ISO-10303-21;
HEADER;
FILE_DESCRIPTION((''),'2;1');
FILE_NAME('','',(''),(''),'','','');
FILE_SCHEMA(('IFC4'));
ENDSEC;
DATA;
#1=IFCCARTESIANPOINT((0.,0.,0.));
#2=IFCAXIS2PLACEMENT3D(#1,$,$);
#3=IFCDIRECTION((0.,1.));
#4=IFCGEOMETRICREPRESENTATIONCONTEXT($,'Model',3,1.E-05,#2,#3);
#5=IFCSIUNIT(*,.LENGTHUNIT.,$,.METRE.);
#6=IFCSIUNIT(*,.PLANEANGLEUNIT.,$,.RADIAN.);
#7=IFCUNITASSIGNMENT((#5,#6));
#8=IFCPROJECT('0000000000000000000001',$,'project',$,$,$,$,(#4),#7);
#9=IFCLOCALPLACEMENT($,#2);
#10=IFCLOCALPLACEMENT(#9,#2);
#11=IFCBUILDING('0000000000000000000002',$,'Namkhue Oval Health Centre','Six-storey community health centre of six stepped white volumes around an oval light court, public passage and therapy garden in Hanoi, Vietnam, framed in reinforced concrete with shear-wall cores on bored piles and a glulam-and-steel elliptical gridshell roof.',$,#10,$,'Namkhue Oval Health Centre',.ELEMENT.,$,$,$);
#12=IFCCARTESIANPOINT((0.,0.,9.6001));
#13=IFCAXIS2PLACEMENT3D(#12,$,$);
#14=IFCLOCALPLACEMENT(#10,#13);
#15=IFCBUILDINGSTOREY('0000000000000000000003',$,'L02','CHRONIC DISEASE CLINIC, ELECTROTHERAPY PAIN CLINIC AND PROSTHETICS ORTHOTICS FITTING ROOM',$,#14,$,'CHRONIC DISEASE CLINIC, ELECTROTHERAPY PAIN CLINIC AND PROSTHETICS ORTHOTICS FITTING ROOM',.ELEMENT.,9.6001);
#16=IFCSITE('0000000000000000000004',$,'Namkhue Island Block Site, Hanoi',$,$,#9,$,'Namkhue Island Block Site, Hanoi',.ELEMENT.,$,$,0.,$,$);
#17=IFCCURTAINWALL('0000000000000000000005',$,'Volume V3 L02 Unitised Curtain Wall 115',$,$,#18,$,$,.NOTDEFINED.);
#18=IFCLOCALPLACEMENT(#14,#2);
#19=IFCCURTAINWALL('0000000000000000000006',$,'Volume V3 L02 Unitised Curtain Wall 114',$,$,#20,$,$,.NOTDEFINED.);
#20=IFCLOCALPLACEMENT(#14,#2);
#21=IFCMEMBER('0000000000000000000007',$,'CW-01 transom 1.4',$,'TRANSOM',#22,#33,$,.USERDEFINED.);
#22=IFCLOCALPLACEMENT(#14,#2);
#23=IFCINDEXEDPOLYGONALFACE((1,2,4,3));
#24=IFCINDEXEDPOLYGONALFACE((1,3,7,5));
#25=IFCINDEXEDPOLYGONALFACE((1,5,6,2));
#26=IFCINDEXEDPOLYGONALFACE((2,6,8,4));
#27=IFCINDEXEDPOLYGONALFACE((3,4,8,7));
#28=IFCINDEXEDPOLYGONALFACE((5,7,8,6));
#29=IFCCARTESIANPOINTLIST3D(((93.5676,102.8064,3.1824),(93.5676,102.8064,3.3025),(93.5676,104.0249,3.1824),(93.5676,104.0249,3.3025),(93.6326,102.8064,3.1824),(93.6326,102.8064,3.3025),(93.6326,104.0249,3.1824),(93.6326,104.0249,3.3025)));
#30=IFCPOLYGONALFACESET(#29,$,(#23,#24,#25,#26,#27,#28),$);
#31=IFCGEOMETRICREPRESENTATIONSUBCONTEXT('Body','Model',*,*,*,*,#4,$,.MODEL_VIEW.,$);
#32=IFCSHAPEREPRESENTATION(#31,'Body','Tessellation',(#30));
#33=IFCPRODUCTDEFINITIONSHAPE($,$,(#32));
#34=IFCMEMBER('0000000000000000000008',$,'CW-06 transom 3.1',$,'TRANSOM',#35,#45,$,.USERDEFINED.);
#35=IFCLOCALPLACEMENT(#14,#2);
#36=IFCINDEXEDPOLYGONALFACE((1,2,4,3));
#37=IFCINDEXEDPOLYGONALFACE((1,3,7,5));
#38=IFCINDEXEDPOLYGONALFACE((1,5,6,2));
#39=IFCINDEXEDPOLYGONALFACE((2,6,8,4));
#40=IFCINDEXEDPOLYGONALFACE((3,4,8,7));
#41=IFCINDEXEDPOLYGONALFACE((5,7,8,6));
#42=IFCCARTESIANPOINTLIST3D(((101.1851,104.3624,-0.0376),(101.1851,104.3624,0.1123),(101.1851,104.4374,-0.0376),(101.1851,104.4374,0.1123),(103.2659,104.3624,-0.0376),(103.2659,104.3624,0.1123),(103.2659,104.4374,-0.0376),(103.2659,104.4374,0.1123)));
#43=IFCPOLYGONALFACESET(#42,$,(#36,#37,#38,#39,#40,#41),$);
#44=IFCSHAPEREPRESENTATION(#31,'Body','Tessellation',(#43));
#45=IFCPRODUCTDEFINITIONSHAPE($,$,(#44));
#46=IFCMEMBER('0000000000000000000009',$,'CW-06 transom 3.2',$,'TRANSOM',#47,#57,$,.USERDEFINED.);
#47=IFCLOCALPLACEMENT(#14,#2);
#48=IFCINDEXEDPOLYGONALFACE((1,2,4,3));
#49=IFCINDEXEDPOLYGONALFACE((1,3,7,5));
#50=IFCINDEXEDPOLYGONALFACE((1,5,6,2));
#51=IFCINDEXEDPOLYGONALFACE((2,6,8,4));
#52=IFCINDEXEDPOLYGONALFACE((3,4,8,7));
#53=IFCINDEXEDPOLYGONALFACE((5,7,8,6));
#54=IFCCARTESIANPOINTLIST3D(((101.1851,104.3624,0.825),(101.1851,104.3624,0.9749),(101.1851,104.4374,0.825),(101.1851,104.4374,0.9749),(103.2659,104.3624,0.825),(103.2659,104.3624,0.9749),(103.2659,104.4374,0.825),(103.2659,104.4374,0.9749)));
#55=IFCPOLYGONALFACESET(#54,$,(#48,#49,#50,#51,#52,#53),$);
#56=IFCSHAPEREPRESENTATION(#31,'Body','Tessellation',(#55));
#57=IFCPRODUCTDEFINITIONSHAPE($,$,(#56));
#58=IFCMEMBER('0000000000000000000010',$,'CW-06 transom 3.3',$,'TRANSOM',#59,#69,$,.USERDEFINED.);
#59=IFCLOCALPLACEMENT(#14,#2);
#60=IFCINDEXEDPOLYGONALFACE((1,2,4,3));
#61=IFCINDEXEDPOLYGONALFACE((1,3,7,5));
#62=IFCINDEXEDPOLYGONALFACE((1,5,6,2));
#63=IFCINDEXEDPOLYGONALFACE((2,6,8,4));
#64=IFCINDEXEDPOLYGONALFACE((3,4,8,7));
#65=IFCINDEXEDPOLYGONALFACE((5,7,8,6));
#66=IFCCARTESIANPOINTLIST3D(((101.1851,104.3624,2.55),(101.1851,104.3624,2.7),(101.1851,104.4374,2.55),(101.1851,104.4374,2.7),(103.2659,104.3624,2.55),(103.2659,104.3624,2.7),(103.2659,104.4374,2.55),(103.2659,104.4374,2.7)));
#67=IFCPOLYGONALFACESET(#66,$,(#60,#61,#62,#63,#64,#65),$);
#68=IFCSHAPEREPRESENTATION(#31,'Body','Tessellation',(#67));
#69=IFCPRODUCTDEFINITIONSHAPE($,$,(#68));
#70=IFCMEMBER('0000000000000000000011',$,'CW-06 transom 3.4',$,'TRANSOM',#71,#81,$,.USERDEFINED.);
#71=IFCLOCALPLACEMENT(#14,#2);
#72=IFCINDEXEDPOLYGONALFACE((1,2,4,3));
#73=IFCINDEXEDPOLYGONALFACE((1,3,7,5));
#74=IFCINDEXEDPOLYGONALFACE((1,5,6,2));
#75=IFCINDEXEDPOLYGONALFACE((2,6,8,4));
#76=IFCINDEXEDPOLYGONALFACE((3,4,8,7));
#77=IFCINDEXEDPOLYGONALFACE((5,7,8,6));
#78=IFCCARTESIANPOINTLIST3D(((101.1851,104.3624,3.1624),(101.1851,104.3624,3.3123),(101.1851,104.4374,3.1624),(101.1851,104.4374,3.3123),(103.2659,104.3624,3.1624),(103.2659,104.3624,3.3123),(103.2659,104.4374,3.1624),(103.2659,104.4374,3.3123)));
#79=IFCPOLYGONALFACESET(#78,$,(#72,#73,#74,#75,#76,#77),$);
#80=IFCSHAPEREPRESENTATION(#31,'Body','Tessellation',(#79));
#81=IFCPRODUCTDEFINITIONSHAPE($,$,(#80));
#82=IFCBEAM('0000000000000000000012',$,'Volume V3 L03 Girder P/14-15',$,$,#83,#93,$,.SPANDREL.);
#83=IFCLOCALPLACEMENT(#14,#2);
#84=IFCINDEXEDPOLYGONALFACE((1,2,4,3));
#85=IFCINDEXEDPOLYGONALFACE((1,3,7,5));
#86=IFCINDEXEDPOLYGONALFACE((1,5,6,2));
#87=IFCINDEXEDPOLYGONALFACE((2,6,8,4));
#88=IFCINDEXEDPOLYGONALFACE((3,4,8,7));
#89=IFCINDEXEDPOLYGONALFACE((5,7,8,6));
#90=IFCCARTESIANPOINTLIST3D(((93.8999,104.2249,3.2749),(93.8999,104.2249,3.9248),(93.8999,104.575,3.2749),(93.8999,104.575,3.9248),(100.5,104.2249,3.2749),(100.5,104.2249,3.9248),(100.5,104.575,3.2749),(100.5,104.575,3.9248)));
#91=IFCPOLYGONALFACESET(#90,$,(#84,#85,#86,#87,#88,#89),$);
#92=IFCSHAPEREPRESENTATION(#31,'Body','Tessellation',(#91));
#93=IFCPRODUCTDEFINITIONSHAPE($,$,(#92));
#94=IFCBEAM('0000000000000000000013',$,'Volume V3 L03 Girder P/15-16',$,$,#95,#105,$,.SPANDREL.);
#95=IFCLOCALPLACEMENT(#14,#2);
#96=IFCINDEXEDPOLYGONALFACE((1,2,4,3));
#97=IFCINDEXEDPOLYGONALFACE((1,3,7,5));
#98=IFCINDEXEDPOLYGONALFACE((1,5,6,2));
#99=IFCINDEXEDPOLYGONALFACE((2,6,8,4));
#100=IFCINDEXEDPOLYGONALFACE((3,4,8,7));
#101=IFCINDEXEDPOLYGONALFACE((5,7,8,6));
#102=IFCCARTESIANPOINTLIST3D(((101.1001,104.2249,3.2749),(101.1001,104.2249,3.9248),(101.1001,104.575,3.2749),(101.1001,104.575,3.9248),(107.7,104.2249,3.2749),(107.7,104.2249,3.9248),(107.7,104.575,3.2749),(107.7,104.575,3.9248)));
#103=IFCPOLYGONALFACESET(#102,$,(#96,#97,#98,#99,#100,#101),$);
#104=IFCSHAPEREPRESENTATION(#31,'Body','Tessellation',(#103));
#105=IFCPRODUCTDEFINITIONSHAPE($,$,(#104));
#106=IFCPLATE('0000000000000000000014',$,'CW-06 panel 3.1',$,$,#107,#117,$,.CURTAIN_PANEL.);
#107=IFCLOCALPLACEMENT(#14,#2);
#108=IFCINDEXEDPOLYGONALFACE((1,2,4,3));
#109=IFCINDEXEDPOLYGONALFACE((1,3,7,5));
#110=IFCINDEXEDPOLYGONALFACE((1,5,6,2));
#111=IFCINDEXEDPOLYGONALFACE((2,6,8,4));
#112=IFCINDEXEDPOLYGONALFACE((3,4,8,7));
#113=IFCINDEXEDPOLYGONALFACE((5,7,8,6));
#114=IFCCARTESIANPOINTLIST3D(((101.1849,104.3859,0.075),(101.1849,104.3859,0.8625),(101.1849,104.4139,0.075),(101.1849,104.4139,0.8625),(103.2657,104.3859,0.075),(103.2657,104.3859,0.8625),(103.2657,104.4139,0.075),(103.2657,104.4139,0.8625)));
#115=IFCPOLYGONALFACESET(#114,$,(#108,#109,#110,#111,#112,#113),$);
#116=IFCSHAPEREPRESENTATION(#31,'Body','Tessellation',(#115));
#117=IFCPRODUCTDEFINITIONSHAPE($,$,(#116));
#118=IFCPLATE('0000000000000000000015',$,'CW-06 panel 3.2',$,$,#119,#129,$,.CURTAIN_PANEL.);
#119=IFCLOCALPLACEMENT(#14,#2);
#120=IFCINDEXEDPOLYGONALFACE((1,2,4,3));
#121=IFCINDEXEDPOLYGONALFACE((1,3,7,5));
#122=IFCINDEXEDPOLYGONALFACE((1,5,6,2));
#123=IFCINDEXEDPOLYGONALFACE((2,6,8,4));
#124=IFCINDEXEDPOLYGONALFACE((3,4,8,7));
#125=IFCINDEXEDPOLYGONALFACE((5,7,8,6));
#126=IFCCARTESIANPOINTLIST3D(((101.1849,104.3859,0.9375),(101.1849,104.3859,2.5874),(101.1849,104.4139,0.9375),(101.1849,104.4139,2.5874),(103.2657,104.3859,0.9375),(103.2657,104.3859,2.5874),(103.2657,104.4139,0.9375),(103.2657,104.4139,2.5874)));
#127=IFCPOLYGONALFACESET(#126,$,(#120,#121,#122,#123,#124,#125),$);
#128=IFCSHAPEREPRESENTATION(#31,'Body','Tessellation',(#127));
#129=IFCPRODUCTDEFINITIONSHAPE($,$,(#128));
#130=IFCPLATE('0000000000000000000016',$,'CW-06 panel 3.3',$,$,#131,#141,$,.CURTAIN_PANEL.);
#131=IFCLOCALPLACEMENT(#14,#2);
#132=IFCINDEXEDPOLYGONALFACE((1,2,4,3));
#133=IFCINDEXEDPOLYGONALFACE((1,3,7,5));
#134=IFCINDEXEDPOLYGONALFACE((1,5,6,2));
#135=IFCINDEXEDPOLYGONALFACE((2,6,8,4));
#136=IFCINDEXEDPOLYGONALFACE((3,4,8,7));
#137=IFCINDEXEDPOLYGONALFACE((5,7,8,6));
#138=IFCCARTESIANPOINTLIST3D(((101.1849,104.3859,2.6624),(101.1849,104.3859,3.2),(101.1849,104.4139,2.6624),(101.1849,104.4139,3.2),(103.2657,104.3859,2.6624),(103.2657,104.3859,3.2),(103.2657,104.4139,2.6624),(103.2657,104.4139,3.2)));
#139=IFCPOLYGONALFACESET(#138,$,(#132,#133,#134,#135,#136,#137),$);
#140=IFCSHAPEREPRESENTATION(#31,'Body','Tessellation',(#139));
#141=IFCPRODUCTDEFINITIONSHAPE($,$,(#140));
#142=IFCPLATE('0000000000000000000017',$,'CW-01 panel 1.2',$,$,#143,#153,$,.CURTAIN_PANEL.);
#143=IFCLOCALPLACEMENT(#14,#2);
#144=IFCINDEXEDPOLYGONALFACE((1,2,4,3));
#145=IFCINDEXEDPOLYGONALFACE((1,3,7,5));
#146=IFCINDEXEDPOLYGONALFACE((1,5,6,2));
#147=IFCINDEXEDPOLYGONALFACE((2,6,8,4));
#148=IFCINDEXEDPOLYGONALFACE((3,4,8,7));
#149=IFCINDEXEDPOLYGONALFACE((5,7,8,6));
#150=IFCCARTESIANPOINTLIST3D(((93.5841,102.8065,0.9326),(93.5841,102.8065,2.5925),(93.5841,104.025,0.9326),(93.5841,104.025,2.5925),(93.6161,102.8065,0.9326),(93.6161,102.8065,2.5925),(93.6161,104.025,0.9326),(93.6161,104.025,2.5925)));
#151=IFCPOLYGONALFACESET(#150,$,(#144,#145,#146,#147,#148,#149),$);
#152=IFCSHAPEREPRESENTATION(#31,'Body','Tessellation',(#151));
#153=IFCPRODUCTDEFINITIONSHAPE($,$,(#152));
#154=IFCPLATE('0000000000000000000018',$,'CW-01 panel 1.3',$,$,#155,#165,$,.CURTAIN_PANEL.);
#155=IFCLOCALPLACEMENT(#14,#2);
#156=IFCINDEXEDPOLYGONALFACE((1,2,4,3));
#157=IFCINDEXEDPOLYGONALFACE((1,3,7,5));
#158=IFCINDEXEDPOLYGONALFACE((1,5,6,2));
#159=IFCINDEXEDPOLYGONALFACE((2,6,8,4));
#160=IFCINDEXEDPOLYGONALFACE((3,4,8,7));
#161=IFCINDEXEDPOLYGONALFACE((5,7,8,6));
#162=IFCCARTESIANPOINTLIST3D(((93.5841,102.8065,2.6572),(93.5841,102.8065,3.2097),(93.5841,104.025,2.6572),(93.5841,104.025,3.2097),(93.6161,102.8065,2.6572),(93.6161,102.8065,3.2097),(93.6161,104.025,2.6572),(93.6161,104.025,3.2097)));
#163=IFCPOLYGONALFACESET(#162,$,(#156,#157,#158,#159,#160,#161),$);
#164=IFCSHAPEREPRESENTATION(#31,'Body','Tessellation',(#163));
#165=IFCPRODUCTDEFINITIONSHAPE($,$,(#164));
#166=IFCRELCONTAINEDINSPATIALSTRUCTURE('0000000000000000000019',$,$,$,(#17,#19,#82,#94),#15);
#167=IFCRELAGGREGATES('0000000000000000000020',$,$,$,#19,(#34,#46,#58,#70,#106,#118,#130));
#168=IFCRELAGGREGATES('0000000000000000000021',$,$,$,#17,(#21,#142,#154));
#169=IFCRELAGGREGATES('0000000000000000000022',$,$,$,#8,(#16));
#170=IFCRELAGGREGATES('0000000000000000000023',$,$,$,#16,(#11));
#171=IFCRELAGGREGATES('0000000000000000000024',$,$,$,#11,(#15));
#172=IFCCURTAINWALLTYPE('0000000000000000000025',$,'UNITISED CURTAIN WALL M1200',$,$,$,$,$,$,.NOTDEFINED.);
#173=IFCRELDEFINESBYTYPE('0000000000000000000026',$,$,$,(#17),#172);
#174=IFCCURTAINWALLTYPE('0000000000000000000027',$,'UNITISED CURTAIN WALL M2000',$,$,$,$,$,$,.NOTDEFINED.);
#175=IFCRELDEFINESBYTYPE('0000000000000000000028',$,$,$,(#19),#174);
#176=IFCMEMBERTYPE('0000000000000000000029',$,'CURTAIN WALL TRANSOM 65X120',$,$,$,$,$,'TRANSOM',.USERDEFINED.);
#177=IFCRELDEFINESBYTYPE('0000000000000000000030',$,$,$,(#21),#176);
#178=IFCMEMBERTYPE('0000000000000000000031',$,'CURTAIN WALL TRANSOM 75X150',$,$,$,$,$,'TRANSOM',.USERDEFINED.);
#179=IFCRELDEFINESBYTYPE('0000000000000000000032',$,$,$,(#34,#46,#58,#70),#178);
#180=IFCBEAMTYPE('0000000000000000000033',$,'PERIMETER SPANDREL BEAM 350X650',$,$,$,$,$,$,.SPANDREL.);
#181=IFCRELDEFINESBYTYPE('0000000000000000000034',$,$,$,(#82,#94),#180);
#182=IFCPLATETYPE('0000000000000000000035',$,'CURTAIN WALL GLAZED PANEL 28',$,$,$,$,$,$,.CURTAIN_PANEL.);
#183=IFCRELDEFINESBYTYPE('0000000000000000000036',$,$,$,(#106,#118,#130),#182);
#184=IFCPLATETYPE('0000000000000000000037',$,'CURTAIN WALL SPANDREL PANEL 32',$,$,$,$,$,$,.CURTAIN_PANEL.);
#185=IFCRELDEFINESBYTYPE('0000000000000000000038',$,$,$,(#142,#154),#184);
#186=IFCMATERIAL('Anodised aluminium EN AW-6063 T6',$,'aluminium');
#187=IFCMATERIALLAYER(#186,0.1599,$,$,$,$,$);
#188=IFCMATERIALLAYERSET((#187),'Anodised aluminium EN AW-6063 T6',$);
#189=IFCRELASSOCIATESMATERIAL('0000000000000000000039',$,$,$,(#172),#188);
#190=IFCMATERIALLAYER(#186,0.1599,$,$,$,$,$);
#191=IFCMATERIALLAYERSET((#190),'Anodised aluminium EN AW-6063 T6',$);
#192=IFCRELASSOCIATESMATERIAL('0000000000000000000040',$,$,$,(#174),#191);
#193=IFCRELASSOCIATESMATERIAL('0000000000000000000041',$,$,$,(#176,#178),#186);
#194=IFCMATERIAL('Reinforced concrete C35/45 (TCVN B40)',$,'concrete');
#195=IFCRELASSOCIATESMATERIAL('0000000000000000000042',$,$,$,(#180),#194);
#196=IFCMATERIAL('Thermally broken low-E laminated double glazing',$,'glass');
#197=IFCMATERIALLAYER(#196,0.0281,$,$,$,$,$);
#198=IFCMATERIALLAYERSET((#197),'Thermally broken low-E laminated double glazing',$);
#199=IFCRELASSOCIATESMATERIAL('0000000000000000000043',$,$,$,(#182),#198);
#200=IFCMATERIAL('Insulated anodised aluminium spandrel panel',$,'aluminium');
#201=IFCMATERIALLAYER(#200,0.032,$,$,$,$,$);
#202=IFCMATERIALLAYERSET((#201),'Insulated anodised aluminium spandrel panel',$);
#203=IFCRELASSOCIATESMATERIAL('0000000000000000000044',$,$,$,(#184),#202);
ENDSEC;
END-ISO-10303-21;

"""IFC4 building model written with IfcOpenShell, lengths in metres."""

from ifc_helpers import new_model, si_unit, direction, frame, origin, origin_2d, place, context, subcontext, project, spatial, rectangle, extrude, material, layer, layer_set, material_profile, profile_set, type_object, element, aggregate, save


model = new_model("IFC4")

# Units and contexts
model_context = context("Model", 3, precision=1e-05, world=origin(), true_north=direction((0.0, 1.0)))
body_context = subcontext(model_context, "Body", "Model", "MODEL_VIEW")
ifc_project = project(units=[si_unit("LENGTHUNIT", "METRE"), si_unit("PLANEANGLEUNIT", "RADIAN")], contexts=[model_context])

# Site, building, storey
site_placement = place(None, origin())
site = spatial("IfcSite", under=ifc_project, at=site_placement, Name="Namkhue Island Block Site, Hanoi", LongName="Namkhue Island Block Site, Hanoi", CompositionType="ELEMENT", RefElevation=0.0)
building_placement = place(site_placement, origin())
building = spatial("IfcBuilding", under=site, at=building_placement, Name="Namkhue Oval Health Centre", Description="Six-storey community health centre of six stepped white volumes around an oval light court, public passage and therapy garden in Hanoi, Vietnam, framed in reinforced concrete with shear-wall cores on bored piles and a glulam-and-steel elliptical gridshell roof.", LongName="Namkhue Oval Health Centre", CompositionType="ELEMENT")
storey_placement = place(building_placement, frame((0.0, 0.0, 9.6001)))
storey = spatial("IfcBuildingStorey", under=building, at=storey_placement, Name="L02", Description="CHRONIC DISEASE CLINIC, ELECTROTHERAPY PAIN CLINIC AND PROSTHETICS ORTHOTICS FITTING ROOM", LongName="CHRONIC DISEASE CLINIC, ELECTROTHERAPY PAIN CLINIC AND PROSTHETICS ORTHOTICS FITTING ROOM", CompositionType="ELEMENT", Elevation=9.6001)

# Shared definitions
ifc_material_1 = material(Name="Reinforced concrete C35/45 (TCVN B40)", Category="concrete")

# Curtain walls
ifc_material_2 = material(Name="Anodised aluminium EN AW-6063 T6", Category="aluminium")
ifc_layer_1 = layer(ifc_material_2, 0.1599)
ifc_layer_set_1 = layer_set([ifc_layer_1], Name="Anodised aluminium EN AW-6063 T6")
curtain_wall_type_1 = type_object("IfcCurtainWallType", Name="UNITISED CURTAIN WALL M1200", PredefinedType="NOTDEFINED", material=ifc_layer_set_1)
curtain_wall_1_placement = place(storey_placement, origin())
curtain_wall_1 = element("IfcCurtainWall", 1, at=curtain_wall_1_placement, inside=storey, type_object=curtain_wall_type_1, Name="Volume V3 L02 Unitised Curtain Wall 115", PredefinedType="NOTDEFINED")
ifc_layer_2 = layer(ifc_material_2, 0.1599)
ifc_layer_set_2 = layer_set([ifc_layer_2], Name="Anodised aluminium EN AW-6063 T6")
curtain_wall_type_2 = type_object("IfcCurtainWallType", Name="UNITISED CURTAIN WALL M2000", PredefinedType="NOTDEFINED", material=ifc_layer_set_2)
curtain_wall_2_placement = place(storey_placement, origin())
curtain_wall_2 = element("IfcCurtainWall", 2, at=curtain_wall_2_placement, inside=storey, type_object=curtain_wall_type_2, Name="Volume V3 L02 Unitised Curtain Wall 114", PredefinedType="NOTDEFINED")

# Members
ifc_material_profile_1 = material_profile(ifc_material_2, rectangle(XDim=0.0649, YDim=0.1201, at=origin_2d()), Name="ALU 65x120")
ifc_profile_set_1 = profile_set([ifc_material_profile_1], Name="Anodised aluminium EN AW-6063 T6")
member_type_1 = type_object("IfcMemberType", Name="CURTAIN WALL TRANSOM 65X120", ElementType="TRANSOM", PredefinedType="USERDEFINED", material=ifc_profile_set_1)
member_1_placement = place(storey_placement, frame((93.6001, 104.0249, 3.2424), z_axis=(0.0, -1.0, 0.0), x_axis=(1.0, 0.0, 0.0)))
member_1 = element("IfcMember", 3, at=member_1_placement, type_object=member_type_1, Name="CW-01 transom 1.4", ObjectType="TRANSOM", PredefinedType="USERDEFINED", context=body_context, shape_type="SweptSolid", body=[
    extrude(rectangle(XDim=0.0649, YDim=0.1201, at=origin_2d()), origin(), (0.0, 0.0, 1.0), 1.2185),
])
ifc_material_profile_2 = material_profile(ifc_material_2, rectangle(XDim=0.075, YDim=0.1499, at=origin_2d()), Name="ALU 75x150")
ifc_profile_set_2 = profile_set([ifc_material_profile_2], Name="Anodised aluminium EN AW-6063 T6")
member_type_2 = type_object("IfcMemberType", Name="CURTAIN WALL TRANSOM 75X150", ElementType="TRANSOM", PredefinedType="USERDEFINED", material=ifc_profile_set_2)
member_2_placement = place(storey_placement, frame((103.2659, 104.3999, 0.0374), z_axis=(-1.0, 0.0, 0.0), x_axis=(0.0, -1.0, 0.0)))
member_2 = element("IfcMember", 4, at=member_2_placement, type_object=member_type_2, Name="CW-06 transom 3.1", ObjectType="TRANSOM", PredefinedType="USERDEFINED", context=body_context, shape_type="SweptSolid", body=[
    extrude(rectangle(XDim=0.075, YDim=0.1499, at=origin_2d()), origin(), (0.0, 0.0, 1.0), 2.0808),
])
member_3_placement = place(storey_placement, frame((103.2659, 104.3999, 0.8999), z_axis=(-1.0, 0.0, 0.0), x_axis=(0.0, -1.0, 0.0)))
member_3 = element("IfcMember", 5, at=member_3_placement, type_object=member_type_2, Name="CW-06 transom 3.2", ObjectType="TRANSOM", PredefinedType="USERDEFINED", context=body_context, shape_type="SweptSolid", body=[
    extrude(rectangle(XDim=0.075, YDim=0.1499, at=origin_2d()), origin(), (0.0, 0.0, 1.0), 2.0808),
])
member_4_placement = place(storey_placement, frame((103.2659, 104.3999, 2.625), z_axis=(-1.0, 0.0, 0.0), x_axis=(0.0, -1.0, 0.0)))
member_4 = element("IfcMember", 6, at=member_4_placement, type_object=member_type_2, Name="CW-06 transom 3.3", ObjectType="TRANSOM", PredefinedType="USERDEFINED", context=body_context, shape_type="SweptSolid", body=[
    extrude(rectangle(XDim=0.075, YDim=0.1499, at=origin_2d()), origin(), (0.0, 0.0, 1.0), 2.0808),
])
member_5_placement = place(storey_placement, frame((103.2659, 104.3999, 3.2373), z_axis=(-1.0, 0.0, 0.0), x_axis=(0.0, -1.0, 0.0)))
member_5 = element("IfcMember", 7, at=member_5_placement, type_object=member_type_2, Name="CW-06 transom 3.4", ObjectType="TRANSOM", PredefinedType="USERDEFINED", context=body_context, shape_type="SweptSolid", body=[
    extrude(rectangle(XDim=0.075, YDim=0.1499, at=origin_2d()), origin(), (0.0, 0.0, 1.0), 2.0808),
])

# Beams
ifc_material_profile_3 = material_profile(ifc_material_1, rectangle(XDim=0.3501, YDim=0.6499, at=origin_2d()), Name="RC 350x650")
ifc_profile_set_3 = profile_set([ifc_material_profile_3], Name="Reinforced concrete C35/45 (TCVN B40)")
beam_type = type_object("IfcBeamType", Name="PERIMETER SPANDREL BEAM 350X650", PredefinedType="SPANDREL", material=ifc_profile_set_3)
beam_1_placement = place(storey_placement, frame((93.8999, 104.3999, 3.5999), z_axis=(1.0, 0.0, 0.0), x_axis=(0.0, 1.0, 0.0)))
element("IfcBeam", 8, at=beam_1_placement, inside=storey, type_object=beam_type, Name="Volume V3 L03 Girder P/14-15", PredefinedType="SPANDREL", context=body_context, shape_type="SweptSolid", body=[
    extrude(rectangle(XDim=0.3501, YDim=0.6499, at=origin_2d()), origin(), (0.0, 0.0, 1.0), 6.6001),
])
beam_2_placement = place(storey_placement, frame((101.1001, 104.3999, 3.5999), z_axis=(1.0, 0.0, 0.0), x_axis=(0.0, 1.0, 0.0)))
element("IfcBeam", 9, at=beam_2_placement, inside=storey, type_object=beam_type, Name="Volume V3 L03 Girder P/15-16", PredefinedType="SPANDREL", context=body_context, shape_type="SweptSolid", body=[
    extrude(rectangle(XDim=0.3501, YDim=0.6499, at=origin_2d()), origin(), (0.0, 0.0, 1.0), 6.5999),
])

# Plates
ifc_material_3 = material(Name="Thermally broken low-E laminated double glazing", Category="glass")
ifc_layer_3 = layer(ifc_material_3, 0.0281)
ifc_layer_set_3 = layer_set([ifc_layer_3], Name="Thermally broken low-E laminated double glazing")
plate_type_1 = type_object("IfcPlateType", Name="CURTAIN WALL GLAZED PANEL 28", PredefinedType="CURTAIN_PANEL", material=ifc_layer_set_3)
plate_1_placement = place(storey_placement, frame((102.2253, 104.3999, 0.075), z_axis=(0.0, 0.0, 1.0), x_axis=(-1.0, 0.0, 0.0)))
plate_1 = element("IfcPlate", 10, at=plate_1_placement, type_object=plate_type_1, Name="CW-06 panel 3.1", PredefinedType="CURTAIN_PANEL", context=body_context, shape_type="SweptSolid", body=[
    extrude(rectangle(XDim=2.0808, YDim=0.0281, at=origin_2d()), origin(), (0.0, 0.0, 1.0), 0.7876),
])
plate_2_placement = place(storey_placement, frame((102.2253, 104.3999, 0.9375), z_axis=(0.0, 0.0, 1.0), x_axis=(-1.0, 0.0, 0.0)))
plate_2 = element("IfcPlate", 11, at=plate_2_placement, type_object=plate_type_1, Name="CW-06 panel 3.2", PredefinedType="CURTAIN_PANEL", context=body_context, shape_type="SweptSolid", body=[
    extrude(rectangle(XDim=2.0808, YDim=0.0281, at=origin_2d()), origin(), (0.0, 0.0, 1.0), 1.6499),
])
plate_3_placement = place(storey_placement, frame((102.2253, 104.3999, 2.6624), z_axis=(0.0, 0.0, 1.0), x_axis=(-1.0, 0.0, 0.0)))
plate_3 = element("IfcPlate", 12, at=plate_3_placement, type_object=plate_type_1, Name="CW-06 panel 3.3", PredefinedType="CURTAIN_PANEL", context=body_context, shape_type="SweptSolid", body=[
    extrude(rectangle(XDim=2.0808, YDim=0.0281, at=origin_2d()), origin(), (0.0, 0.0, 1.0), 0.5376),
])
aggregate(curtain_wall_2, [member_2, member_3, member_4, member_5, plate_1, plate_2, plate_3])
ifc_material_4 = material(Name="Insulated anodised aluminium spandrel panel", Category="aluminium")
ifc_layer_4 = layer(ifc_material_4, 0.032)
ifc_layer_set_4 = layer_set([ifc_layer_4], Name="Insulated anodised aluminium spandrel panel")
plate_type_2 = type_object("IfcPlateType", Name="CURTAIN WALL SPANDREL PANEL 32", PredefinedType="CURTAIN_PANEL", material=ifc_layer_set_4)
plate_4_placement = place(storey_placement, frame((93.6001, 103.4158, 0.9326), z_axis=(0.0, 0.0, 1.0), x_axis=(0.0, -1.0, 0.0)))
plate_4 = element("IfcPlate", 13, at=plate_4_placement, type_object=plate_type_2, Name="CW-01 panel 1.2", PredefinedType="CURTAIN_PANEL", context=body_context, shape_type="SweptSolid", body=[
    extrude(rectangle(XDim=1.2185, YDim=0.032, at=origin_2d()), origin(), (0.0, 0.0, 1.0), 1.6599),
])
plate_5_placement = place(storey_placement, frame((93.6001, 103.4158, 2.6572), z_axis=(0.0, 0.0, 1.0), x_axis=(0.0, -1.0, 0.0)))
plate_5 = element("IfcPlate", 14, at=plate_5_placement, type_object=plate_type_2, Name="CW-01 panel 1.3", PredefinedType="CURTAIN_PANEL", context=body_context, shape_type="SweptSolid", body=[
    extrude(rectangle(XDim=1.2185, YDim=0.032, at=origin_2d()), origin(), (0.0, 0.0, 1.0), 0.5525),
])
aggregate(curtain_wall_1, [member_1, plate_4, plate_5])

save(model, "model.ifc")
